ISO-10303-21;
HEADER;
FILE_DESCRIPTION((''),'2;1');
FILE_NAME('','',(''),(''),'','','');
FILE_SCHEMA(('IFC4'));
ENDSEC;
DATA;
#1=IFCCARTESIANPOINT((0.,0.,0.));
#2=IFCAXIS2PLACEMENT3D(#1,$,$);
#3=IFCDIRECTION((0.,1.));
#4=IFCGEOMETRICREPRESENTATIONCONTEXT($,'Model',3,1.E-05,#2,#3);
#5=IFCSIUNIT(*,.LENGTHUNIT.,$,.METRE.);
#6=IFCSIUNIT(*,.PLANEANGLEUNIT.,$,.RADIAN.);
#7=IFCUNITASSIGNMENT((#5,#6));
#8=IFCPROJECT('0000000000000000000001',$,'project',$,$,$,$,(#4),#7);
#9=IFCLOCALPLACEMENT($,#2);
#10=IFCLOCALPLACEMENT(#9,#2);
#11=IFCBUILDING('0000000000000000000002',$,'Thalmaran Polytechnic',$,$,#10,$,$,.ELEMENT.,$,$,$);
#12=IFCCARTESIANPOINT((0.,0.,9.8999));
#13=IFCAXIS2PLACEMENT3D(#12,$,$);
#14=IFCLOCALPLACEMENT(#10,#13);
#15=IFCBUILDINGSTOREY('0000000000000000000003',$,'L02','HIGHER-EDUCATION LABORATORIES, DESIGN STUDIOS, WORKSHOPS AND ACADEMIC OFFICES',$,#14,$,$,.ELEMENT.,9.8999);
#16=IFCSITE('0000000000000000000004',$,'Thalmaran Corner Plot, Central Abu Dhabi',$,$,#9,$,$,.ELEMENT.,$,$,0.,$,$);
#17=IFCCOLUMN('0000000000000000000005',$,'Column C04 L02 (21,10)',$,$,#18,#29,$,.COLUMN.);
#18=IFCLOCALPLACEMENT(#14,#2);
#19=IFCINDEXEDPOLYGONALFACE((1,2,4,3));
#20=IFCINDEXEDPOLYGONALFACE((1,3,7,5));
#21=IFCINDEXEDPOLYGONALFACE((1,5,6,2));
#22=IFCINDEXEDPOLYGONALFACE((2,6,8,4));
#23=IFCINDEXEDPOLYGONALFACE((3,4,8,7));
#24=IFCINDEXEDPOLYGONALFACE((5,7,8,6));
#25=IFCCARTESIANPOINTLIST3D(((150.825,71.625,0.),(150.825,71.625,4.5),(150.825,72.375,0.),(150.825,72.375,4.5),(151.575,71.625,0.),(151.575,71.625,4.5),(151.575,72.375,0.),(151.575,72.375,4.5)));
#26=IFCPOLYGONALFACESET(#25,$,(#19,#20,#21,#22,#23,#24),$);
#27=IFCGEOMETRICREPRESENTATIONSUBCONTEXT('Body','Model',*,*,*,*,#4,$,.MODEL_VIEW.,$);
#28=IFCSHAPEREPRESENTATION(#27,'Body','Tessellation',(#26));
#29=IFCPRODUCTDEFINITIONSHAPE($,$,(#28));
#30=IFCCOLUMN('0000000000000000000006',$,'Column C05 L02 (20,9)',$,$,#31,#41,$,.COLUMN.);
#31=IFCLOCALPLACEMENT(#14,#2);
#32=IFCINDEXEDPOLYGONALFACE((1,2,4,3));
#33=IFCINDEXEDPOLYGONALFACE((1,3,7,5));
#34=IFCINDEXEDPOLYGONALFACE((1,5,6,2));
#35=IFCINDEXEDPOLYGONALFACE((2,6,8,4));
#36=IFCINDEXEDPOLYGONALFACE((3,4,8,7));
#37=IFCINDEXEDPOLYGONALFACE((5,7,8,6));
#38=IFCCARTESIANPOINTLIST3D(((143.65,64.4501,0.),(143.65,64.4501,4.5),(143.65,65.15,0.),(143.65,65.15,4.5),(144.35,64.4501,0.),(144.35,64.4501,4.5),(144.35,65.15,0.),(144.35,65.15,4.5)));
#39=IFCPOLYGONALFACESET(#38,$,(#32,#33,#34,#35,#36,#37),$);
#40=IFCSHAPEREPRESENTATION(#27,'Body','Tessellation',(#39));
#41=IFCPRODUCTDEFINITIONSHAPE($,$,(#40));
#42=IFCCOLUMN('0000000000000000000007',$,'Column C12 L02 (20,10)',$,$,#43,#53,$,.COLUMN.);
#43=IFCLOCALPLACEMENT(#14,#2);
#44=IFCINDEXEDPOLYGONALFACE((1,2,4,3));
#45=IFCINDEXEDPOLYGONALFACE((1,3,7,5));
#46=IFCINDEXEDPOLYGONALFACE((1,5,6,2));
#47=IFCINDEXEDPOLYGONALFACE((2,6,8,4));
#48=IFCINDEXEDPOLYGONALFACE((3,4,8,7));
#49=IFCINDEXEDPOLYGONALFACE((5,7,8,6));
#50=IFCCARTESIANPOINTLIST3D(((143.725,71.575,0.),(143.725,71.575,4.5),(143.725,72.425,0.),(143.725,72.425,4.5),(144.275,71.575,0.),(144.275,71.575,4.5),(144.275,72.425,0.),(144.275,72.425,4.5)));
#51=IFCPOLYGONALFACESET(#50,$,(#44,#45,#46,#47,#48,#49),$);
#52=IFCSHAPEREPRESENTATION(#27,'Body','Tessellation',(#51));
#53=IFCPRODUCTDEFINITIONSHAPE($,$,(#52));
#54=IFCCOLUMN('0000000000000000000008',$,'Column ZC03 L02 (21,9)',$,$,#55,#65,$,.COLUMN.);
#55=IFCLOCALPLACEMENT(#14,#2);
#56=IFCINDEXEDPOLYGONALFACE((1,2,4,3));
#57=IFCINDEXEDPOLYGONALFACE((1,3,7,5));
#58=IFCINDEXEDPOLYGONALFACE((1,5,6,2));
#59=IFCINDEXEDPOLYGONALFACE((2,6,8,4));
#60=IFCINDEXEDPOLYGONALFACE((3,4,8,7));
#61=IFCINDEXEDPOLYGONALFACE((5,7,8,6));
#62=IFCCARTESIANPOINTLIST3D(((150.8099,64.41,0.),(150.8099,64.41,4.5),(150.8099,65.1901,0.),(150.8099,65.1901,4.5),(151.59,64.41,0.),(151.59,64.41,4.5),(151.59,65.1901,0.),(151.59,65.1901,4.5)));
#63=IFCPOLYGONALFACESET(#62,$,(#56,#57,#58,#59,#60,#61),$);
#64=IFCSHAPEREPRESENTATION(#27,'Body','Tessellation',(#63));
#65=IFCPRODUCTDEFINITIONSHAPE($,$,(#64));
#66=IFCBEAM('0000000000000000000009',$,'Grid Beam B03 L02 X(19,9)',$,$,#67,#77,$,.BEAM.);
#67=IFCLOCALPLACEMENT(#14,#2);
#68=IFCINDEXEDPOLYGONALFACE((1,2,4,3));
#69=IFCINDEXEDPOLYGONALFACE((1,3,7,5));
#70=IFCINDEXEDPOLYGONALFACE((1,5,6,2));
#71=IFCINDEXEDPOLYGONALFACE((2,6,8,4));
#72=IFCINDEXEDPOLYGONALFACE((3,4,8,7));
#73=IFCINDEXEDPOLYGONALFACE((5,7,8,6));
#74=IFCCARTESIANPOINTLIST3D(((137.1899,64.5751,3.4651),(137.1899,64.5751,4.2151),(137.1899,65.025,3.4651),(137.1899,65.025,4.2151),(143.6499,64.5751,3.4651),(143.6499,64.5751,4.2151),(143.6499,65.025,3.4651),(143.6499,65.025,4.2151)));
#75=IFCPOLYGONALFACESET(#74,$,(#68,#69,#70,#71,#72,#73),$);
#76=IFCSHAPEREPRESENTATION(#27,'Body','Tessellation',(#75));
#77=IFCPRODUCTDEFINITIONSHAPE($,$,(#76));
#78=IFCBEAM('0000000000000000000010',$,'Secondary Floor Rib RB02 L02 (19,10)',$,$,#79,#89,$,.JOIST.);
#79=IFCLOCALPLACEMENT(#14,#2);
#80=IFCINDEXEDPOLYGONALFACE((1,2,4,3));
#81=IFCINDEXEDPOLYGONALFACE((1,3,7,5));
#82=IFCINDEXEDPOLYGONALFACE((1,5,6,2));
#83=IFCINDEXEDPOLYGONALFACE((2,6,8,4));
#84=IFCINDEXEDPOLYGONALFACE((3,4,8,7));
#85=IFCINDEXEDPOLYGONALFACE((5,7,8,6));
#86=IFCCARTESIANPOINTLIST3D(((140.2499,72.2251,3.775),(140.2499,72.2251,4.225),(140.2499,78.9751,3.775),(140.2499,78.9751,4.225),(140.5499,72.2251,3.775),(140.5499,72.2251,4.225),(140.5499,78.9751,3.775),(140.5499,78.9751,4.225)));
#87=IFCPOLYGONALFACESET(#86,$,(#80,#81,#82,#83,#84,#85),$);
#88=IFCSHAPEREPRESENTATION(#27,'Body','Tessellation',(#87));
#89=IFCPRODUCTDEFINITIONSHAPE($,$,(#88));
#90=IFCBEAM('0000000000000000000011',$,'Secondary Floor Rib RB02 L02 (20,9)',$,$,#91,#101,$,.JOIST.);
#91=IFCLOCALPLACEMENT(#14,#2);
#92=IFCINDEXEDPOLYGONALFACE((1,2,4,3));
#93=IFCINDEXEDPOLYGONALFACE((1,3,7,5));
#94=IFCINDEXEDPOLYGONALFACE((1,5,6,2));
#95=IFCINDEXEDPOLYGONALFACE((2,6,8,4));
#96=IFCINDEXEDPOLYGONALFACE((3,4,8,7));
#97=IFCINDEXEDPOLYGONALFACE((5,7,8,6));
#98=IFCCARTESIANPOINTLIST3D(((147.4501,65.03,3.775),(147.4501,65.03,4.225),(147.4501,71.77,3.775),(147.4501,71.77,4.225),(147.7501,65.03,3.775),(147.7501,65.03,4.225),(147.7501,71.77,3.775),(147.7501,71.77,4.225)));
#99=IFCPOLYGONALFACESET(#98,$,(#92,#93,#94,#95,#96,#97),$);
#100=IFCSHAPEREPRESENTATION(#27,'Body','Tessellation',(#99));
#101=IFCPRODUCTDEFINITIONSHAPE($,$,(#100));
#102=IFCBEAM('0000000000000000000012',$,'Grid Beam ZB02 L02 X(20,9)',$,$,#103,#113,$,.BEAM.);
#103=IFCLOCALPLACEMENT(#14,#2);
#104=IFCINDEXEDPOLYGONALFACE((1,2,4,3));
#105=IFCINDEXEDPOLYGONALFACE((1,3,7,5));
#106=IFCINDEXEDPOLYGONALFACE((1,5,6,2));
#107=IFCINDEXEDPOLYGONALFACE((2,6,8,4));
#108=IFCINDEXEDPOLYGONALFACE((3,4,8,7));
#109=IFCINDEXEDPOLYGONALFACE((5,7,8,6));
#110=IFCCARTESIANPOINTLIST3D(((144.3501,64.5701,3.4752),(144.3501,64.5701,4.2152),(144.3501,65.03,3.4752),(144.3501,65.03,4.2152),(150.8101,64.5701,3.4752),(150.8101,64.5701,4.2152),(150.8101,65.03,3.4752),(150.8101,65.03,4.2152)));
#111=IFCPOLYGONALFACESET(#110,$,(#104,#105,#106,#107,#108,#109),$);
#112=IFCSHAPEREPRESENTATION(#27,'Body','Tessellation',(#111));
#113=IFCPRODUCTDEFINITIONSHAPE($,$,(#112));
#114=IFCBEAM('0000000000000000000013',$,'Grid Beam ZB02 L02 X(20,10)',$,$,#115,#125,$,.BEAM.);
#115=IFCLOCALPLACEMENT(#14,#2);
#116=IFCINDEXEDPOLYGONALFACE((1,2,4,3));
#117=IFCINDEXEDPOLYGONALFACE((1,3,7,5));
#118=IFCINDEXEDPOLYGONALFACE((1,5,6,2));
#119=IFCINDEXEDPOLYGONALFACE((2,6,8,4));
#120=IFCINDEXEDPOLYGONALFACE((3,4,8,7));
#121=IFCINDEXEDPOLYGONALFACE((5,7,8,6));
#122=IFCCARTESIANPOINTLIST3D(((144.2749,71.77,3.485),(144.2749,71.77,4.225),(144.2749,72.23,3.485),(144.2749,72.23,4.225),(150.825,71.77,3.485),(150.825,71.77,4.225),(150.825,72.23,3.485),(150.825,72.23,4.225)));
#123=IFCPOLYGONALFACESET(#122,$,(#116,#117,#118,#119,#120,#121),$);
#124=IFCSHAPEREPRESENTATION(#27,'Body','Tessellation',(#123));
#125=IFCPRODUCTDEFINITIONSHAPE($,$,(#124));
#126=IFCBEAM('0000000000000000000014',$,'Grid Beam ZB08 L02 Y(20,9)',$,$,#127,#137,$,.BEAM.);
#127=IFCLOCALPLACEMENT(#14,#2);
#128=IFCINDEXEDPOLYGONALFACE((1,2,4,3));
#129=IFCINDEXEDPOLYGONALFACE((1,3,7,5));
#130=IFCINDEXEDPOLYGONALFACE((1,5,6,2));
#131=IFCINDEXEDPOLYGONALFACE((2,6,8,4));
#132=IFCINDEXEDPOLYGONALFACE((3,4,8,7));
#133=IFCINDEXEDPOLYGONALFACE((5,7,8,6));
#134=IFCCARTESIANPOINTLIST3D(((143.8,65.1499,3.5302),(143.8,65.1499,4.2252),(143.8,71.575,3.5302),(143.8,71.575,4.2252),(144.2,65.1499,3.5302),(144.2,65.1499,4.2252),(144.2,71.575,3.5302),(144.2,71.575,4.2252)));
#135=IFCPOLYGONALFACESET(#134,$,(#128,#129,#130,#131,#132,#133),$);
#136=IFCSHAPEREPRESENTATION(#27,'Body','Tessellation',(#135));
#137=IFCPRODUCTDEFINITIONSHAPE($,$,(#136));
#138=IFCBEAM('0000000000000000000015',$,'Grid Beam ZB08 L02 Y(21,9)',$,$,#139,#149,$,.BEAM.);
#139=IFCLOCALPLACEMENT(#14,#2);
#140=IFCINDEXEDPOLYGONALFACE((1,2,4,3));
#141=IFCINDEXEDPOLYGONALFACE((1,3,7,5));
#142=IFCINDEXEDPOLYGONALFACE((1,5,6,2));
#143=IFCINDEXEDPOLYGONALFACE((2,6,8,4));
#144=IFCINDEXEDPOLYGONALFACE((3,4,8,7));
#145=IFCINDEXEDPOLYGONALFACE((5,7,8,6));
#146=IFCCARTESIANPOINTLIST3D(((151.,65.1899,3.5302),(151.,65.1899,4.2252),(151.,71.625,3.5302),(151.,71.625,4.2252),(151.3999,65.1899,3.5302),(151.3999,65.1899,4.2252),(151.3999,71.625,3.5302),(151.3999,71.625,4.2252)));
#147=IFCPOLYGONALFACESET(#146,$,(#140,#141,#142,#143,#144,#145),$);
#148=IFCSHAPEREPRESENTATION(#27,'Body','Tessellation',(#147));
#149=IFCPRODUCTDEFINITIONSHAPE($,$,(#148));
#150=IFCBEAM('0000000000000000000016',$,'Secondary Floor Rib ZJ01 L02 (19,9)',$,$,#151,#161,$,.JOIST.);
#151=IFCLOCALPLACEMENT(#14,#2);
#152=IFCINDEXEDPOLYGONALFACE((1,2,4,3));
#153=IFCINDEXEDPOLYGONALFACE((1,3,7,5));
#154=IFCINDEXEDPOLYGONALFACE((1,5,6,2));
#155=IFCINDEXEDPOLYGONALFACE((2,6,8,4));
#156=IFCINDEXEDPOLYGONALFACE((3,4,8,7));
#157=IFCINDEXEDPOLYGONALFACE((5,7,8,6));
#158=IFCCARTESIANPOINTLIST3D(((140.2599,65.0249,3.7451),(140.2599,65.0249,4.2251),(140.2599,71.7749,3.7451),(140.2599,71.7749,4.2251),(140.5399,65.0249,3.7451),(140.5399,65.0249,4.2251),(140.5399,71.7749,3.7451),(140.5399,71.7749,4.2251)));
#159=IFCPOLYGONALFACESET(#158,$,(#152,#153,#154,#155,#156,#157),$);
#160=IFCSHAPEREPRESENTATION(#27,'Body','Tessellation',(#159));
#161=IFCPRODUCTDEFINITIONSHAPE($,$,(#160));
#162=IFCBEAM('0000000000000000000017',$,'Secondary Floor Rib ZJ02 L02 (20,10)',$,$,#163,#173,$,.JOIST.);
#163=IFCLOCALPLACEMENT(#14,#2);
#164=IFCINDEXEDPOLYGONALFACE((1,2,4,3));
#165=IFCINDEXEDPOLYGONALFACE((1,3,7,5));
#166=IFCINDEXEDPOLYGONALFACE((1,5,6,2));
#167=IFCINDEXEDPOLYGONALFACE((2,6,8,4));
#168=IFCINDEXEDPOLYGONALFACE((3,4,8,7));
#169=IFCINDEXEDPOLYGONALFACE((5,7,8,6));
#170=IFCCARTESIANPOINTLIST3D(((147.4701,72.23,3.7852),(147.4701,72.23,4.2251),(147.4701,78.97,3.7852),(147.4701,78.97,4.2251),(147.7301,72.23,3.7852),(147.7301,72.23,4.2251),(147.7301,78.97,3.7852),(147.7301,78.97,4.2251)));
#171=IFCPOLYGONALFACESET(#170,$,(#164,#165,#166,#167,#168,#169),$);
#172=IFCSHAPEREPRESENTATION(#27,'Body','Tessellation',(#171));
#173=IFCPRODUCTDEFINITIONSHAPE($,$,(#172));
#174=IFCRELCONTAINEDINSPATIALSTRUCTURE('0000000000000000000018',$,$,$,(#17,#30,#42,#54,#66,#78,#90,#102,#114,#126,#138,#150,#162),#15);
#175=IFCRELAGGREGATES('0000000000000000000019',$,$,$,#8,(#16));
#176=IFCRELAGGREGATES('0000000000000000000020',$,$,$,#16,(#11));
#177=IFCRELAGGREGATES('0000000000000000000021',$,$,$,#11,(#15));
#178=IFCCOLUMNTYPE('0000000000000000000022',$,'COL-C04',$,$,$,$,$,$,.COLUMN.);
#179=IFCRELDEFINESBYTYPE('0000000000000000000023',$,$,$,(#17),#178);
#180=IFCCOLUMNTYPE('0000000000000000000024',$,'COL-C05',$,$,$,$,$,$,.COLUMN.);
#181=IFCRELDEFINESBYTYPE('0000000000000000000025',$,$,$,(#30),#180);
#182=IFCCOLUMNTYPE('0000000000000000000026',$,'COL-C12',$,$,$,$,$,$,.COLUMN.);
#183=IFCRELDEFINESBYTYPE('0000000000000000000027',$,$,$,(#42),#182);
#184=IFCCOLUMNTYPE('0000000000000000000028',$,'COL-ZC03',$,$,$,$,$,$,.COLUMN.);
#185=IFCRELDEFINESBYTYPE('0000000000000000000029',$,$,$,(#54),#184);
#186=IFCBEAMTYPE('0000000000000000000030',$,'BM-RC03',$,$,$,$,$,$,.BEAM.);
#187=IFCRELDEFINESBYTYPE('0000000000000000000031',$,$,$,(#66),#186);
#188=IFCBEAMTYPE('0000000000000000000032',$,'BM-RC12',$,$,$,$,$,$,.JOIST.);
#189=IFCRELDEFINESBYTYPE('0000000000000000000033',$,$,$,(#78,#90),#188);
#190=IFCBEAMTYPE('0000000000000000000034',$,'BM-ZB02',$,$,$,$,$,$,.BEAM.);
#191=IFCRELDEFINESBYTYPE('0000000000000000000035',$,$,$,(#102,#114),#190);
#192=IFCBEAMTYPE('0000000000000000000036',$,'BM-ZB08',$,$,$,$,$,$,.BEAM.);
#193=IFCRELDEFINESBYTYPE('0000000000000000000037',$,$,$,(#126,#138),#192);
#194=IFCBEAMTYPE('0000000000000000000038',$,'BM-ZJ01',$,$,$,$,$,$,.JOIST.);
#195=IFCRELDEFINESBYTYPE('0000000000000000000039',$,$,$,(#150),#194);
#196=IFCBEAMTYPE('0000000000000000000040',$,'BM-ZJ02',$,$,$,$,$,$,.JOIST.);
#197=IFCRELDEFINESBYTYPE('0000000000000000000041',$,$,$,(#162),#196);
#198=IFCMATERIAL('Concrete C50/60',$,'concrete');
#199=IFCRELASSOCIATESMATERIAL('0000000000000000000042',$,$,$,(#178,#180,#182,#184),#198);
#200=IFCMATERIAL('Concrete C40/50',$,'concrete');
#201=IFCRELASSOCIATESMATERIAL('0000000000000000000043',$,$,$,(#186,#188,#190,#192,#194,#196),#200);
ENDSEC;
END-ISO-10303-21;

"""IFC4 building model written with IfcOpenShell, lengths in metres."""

from ifc_helpers import new_model, si_unit, direction, frame, origin, origin_2d, place, context, subcontext, project, spatial, rectangle, extrude, material, material_profile, profile_set, type_object, element, save


model = new_model("IFC4")

# Units and contexts
model_context = context("Model", 3, precision=1e-05, world=origin(), true_north=direction((0.0, 1.0)))
body_context = subcontext(model_context, "Body", "Model", "MODEL_VIEW")
ifc_project = project(units=[si_unit("LENGTHUNIT", "METRE"), si_unit("PLANEANGLEUNIT", "RADIAN")], contexts=[model_context])

# Site, building, storey
site_placement = place(None, origin())
site = spatial("IfcSite", under=ifc_project, at=site_placement, Name="Thalmaran Corner Plot, Central Abu Dhabi", CompositionType="ELEMENT", RefElevation=0.0)
building_placement = place(site_placement, origin())
building = spatial("IfcBuilding", under=site, at=building_placement, Name="Thalmaran Polytechnic", CompositionType="ELEMENT")
storey_placement = place(building_placement, frame((0.0, 0.0, 9.8999)))
storey = spatial("IfcBuildingStorey", under=building, at=storey_placement, Name="L02", Description="HIGHER-EDUCATION LABORATORIES, DESIGN STUDIOS, WORKSHOPS AND ACADEMIC OFFICES", CompositionType="ELEMENT", Elevation=9.8999)

# Columns
ifc_material_1 = material(Name="Concrete C50/60", Category="concrete")
ifc_material_profile_1 = material_profile(ifc_material_1, rectangle(XDim=0.75, YDim=0.75, at=origin_2d()), Name="RC 750x750")
ifc_profile_set_1 = profile_set([ifc_material_profile_1], Name="Concrete C50/60")
column_type_1 = type_object("IfcColumnType", Name="COL-C04", PredefinedType="COLUMN", material=ifc_profile_set_1)
column_1_placement = place(storey_placement, frame((151.2, 72.0, 0.0), z_axis=(0.0, 0.0, 1.0), x_axis=(1.0, 0.0, 0.0)))
element("IfcColumn", 1, at=column_1_placement, inside=storey, type_object=column_type_1, Name="Column C04 L02 (21,10)", PredefinedType="COLUMN", context=body_context, shape_type="SweptSolid", body=[
    extrude(rectangle(XDim=0.75, YDim=0.75, at=origin_2d()), origin(), (0.0, 0.0, 1.0), 4.5),
])
ifc_material_profile_2 = material_profile(ifc_material_1, rectangle(XDim=0.7, YDim=0.7, at=origin_2d()), Name="RC 700x700")
ifc_profile_set_2 = profile_set([ifc_material_profile_2], Name="Concrete C50/60")
column_type_2 = type_object("IfcColumnType", Name="COL-C05", PredefinedType="COLUMN", material=ifc_profile_set_2)
column_2_placement = place(storey_placement, frame((144.0, 64.8, 0.0), z_axis=(0.0, 0.0, 1.0), x_axis=(1.0, 0.0, 0.0)))
element("IfcColumn", 2, at=column_2_placement, inside=storey, type_object=column_type_2, Name="Column C05 L02 (20,9)", PredefinedType="COLUMN", context=body_context, shape_type="SweptSolid", body=[
    extrude(rectangle(XDim=0.7, YDim=0.7, at=origin_2d()), origin(), (0.0, 0.0, 1.0), 4.5),
])
ifc_material_profile_3 = material_profile(ifc_material_1, rectangle(XDim=0.55, YDim=0.8501, at=origin_2d()), Name="RC 550x850")
ifc_profile_set_3 = profile_set([ifc_material_profile_3], Name="Concrete C50/60")
column_type_3 = type_object("IfcColumnType", Name="COL-C12", PredefinedType="COLUMN", material=ifc_profile_set_3)
column_3_placement = place(storey_placement, frame((144.0, 72.0, 0.0), z_axis=(0.0, 0.0, 1.0), x_axis=(1.0, 0.0, 0.0)))
element("IfcColumn", 3, at=column_3_placement, inside=storey, type_object=column_type_3, Name="Column C12 L02 (20,10)", PredefinedType="COLUMN", context=body_context, shape_type="SweptSolid", body=[
    extrude(rectangle(XDim=0.55, YDim=0.8501, at=origin_2d()), origin(), (0.0, 0.0, 1.0), 4.5),
])
ifc_material_profile_4 = material_profile(ifc_material_1, rectangle(XDim=0.78, YDim=0.78, at=origin_2d()), Name="RC 780x780")
ifc_profile_set_4 = profile_set([ifc_material_profile_4], Name="Concrete C50/60")
column_type_4 = type_object("IfcColumnType", Name="COL-ZC03", PredefinedType="COLUMN", material=ifc_profile_set_4)
column_4_placement = place(storey_placement, frame((151.2, 64.8, 0.0), z_axis=(0.0, 0.0, 1.0), x_axis=(1.0, 0.0, 0.0)))
element("IfcColumn", 4, at=column_4_placement, inside=storey, type_object=column_type_4, Name="Column ZC03 L02 (21,9)", PredefinedType="COLUMN", context=body_context, shape_type="SweptSolid", body=[
    extrude(rectangle(XDim=0.78, YDim=0.78, at=origin_2d()), origin(), (0.0, 0.0, 1.0), 4.5),
])

# Beams
ifc_material_2 = material(Name="Concrete C40/50", Category="concrete")
ifc_material_profile_5 = material_profile(ifc_material_2, rectangle(XDim=0.45, YDim=0.75, at=origin_2d()), Name="RC 450x750")
ifc_profile_set_5 = profile_set([ifc_material_profile_5], Name="Concrete C40/50")
beam_type_1 = type_object("IfcBeamType", Name="BM-RC03", PredefinedType="BEAM", material=ifc_profile_set_5)
beam_1_placement = place(storey_placement, frame((137.1899, 64.8, 3.8401), z_axis=(1.0, 0.0, 0.0), x_axis=(0.0, 1.0, 0.0)))
element("IfcBeam", 5, at=beam_1_placement, inside=storey, type_object=beam_type_1, Name="Grid Beam B03 L02 X(19,9)", PredefinedType="BEAM", context=body_context, shape_type="SweptSolid", body=[
    extrude(rectangle(XDim=0.45, YDim=0.75, at=origin_2d()), origin(), (0.0, 0.0, 1.0), 6.46),
])
ifc_material_profile_6 = material_profile(ifc_material_2, rectangle(XDim=0.3, YDim=0.45, at=origin_2d()), Name="RC 300x450")
ifc_profile_set_6 = profile_set([ifc_material_profile_6], Name="Concrete C40/50")
beam_type_2 = type_object("IfcBeamType", Name="BM-RC12", PredefinedType="JOIST", material=ifc_profile_set_6)
beam_2_placement = place(storey_placement, frame((140.3999, 72.2251, 4.0), z_axis=(0.0, 1.0, 0.0), x_axis=(-1.0, 0.0, 0.0)))
element("IfcBeam", 6, at=beam_2_placement, inside=storey, type_object=beam_type_2, Name="Secondary Floor Rib RB02 L02 (19,10)", PredefinedType="JOIST", context=body_context, shape_type="SweptSolid", body=[
    extrude(rectangle(XDim=0.3, YDim=0.45, at=origin_2d()), origin(), (0.0, 0.0, 1.0), 6.75),
])
beam_3_placement = place(storey_placement, frame((147.6001, 65.03, 4.0), z_axis=(0.0, 1.0, 0.0), x_axis=(-1.0, 0.0, 0.0)))
element("IfcBeam", 7, at=beam_3_placement, inside=storey, type_object=beam_type_2, Name="Secondary Floor Rib RB02 L02 (20,9)", PredefinedType="JOIST", context=body_context, shape_type="SweptSolid", body=[
    extrude(rectangle(XDim=0.3, YDim=0.45, at=origin_2d()), origin(), (0.0, 0.0, 1.0), 6.74),
])
ifc_material_profile_7 = material_profile(ifc_material_2, rectangle(XDim=0.46, YDim=0.74, at=origin_2d()), Name="RC 460x740")
ifc_profile_set_7 = profile_set([ifc_material_profile_7], Name="Concrete C40/50")
beam_type_3 = type_object("IfcBeamType", Name="BM-ZB02", PredefinedType="BEAM", material=ifc_profile_set_7)
beam_4_placement = place(storey_placement, frame((144.3501, 64.8, 3.8452), z_axis=(1.0, 0.0, 0.0), x_axis=(0.0, 1.0, 0.0)))
element("IfcBeam", 8, at=beam_4_placement, inside=storey, type_object=beam_type_3, Name="Grid Beam ZB02 L02 X(20,9)", PredefinedType="BEAM", context=body_context, shape_type="SweptSolid", body=[
    extrude(rectangle(XDim=0.46, YDim=0.74, at=origin_2d()), origin(), (0.0, 0.0, 1.0), 6.46),
])
beam_5_placement = place(storey_placement, frame((144.2749, 72.0, 3.855), z_axis=(1.0, 0.0, 0.0), x_axis=(0.0, 1.0, 0.0)))
element("IfcBeam", 9, at=beam_5_placement, inside=storey, type_object=beam_type_3, Name="Grid Beam ZB02 L02 X(20,10)", PredefinedType="BEAM", context=body_context, shape_type="SweptSolid", body=[
    extrude(rectangle(XDim=0.46, YDim=0.74, at=origin_2d()), origin(), (0.0, 0.0, 1.0), 6.55),
])
ifc_material_profile_8 = material_profile(ifc_material_2, rectangle(XDim=0.3999, YDim=0.6951, at=origin_2d()), Name="RC 400x695")
ifc_profile_set_8 = profile_set([ifc_material_profile_8], Name="Concrete C40/50")
beam_type_4 = type_object("IfcBeamType", Name="BM-ZB08", PredefinedType="BEAM", material=ifc_profile_set_8)
beam_6_placement = place(storey_placement, frame((144.0, 65.1499, 3.8777), z_axis=(0.0, 1.0, 0.0), x_axis=(-1.0, 0.0, 0.0)))
element("IfcBeam", 10, at=beam_6_placement, inside=storey, type_object=beam_type_4, Name="Grid Beam ZB08 L02 Y(20,9)", PredefinedType="BEAM", context=body_context, shape_type="SweptSolid", body=[
    extrude(rectangle(XDim=0.3999, YDim=0.6951, at=origin_2d()), origin(), (0.0, 0.0, 1.0), 6.425),
])
beam_7_placement = place(storey_placement, frame((151.2, 65.1899, 3.8777), z_axis=(0.0, 1.0, 0.0), x_axis=(-1.0, 0.0, 0.0)))
element("IfcBeam", 11, at=beam_7_placement, inside=storey, type_object=beam_type_4, Name="Grid Beam ZB08 L02 Y(21,9)", PredefinedType="BEAM", context=body_context, shape_type="SweptSolid", body=[
    extrude(rectangle(XDim=0.3999, YDim=0.6951, at=origin_2d()), origin(), (0.0, 0.0, 1.0), 6.4351),
])
ifc_material_profile_9 = material_profile(ifc_material_2, rectangle(XDim=0.28, YDim=0.48, at=origin_2d()), Name="RC 280x480")
ifc_profile_set_9 = profile_set([ifc_material_profile_9], Name="Concrete C40/50")
beam_type_5 = type_object("IfcBeamType", Name="BM-ZJ01", PredefinedType="JOIST", material=ifc_profile_set_9)
beam_8_placement = place(storey_placement, frame((140.3999, 65.0249, 3.9851), z_axis=(0.0, 1.0, 0.0), x_axis=(-1.0, 0.0, 0.0)))
element("IfcBeam", 12, at=beam_8_placement, inside=storey, type_object=beam_type_5, Name="Secondary Floor Rib ZJ01 L02 (19,9)", PredefinedType="JOIST", context=body_context, shape_type="SweptSolid", body=[
    extrude(rectangle(XDim=0.28, YDim=0.48, at=origin_2d()), origin(), (0.0, 0.0, 1.0), 6.75),
])
ifc_material_profile_10 = material_profile(ifc_material_2, rectangle(XDim=0.26, YDim=0.4399, at=origin_2d()), Name="RC 260x440")
ifc_profile_set_10 = profile_set([ifc_material_profile_10], Name="Concrete C40/50")
beam_type_6 = type_object("IfcBeamType", Name="BM-ZJ02", PredefinedType="JOIST", material=ifc_profile_set_10)
beam_9_placement = place(storey_placement, frame((147.6001, 72.23, 4.0051), z_axis=(0.0, 1.0, 0.0), x_axis=(-1.0, 0.0, 0.0)))
element("IfcBeam", 13, at=beam_9_placement, inside=storey, type_object=beam_type_6, Name="Secondary Floor Rib ZJ02 L02 (20,10)", PredefinedType="JOIST", context=body_context, shape_type="SweptSolid", body=[
    extrude(rectangle(XDim=0.26, YDim=0.4399, at=origin_2d()), origin(), (0.0, 0.0, 1.0), 6.74),
])

save(model, "model.ifc")
